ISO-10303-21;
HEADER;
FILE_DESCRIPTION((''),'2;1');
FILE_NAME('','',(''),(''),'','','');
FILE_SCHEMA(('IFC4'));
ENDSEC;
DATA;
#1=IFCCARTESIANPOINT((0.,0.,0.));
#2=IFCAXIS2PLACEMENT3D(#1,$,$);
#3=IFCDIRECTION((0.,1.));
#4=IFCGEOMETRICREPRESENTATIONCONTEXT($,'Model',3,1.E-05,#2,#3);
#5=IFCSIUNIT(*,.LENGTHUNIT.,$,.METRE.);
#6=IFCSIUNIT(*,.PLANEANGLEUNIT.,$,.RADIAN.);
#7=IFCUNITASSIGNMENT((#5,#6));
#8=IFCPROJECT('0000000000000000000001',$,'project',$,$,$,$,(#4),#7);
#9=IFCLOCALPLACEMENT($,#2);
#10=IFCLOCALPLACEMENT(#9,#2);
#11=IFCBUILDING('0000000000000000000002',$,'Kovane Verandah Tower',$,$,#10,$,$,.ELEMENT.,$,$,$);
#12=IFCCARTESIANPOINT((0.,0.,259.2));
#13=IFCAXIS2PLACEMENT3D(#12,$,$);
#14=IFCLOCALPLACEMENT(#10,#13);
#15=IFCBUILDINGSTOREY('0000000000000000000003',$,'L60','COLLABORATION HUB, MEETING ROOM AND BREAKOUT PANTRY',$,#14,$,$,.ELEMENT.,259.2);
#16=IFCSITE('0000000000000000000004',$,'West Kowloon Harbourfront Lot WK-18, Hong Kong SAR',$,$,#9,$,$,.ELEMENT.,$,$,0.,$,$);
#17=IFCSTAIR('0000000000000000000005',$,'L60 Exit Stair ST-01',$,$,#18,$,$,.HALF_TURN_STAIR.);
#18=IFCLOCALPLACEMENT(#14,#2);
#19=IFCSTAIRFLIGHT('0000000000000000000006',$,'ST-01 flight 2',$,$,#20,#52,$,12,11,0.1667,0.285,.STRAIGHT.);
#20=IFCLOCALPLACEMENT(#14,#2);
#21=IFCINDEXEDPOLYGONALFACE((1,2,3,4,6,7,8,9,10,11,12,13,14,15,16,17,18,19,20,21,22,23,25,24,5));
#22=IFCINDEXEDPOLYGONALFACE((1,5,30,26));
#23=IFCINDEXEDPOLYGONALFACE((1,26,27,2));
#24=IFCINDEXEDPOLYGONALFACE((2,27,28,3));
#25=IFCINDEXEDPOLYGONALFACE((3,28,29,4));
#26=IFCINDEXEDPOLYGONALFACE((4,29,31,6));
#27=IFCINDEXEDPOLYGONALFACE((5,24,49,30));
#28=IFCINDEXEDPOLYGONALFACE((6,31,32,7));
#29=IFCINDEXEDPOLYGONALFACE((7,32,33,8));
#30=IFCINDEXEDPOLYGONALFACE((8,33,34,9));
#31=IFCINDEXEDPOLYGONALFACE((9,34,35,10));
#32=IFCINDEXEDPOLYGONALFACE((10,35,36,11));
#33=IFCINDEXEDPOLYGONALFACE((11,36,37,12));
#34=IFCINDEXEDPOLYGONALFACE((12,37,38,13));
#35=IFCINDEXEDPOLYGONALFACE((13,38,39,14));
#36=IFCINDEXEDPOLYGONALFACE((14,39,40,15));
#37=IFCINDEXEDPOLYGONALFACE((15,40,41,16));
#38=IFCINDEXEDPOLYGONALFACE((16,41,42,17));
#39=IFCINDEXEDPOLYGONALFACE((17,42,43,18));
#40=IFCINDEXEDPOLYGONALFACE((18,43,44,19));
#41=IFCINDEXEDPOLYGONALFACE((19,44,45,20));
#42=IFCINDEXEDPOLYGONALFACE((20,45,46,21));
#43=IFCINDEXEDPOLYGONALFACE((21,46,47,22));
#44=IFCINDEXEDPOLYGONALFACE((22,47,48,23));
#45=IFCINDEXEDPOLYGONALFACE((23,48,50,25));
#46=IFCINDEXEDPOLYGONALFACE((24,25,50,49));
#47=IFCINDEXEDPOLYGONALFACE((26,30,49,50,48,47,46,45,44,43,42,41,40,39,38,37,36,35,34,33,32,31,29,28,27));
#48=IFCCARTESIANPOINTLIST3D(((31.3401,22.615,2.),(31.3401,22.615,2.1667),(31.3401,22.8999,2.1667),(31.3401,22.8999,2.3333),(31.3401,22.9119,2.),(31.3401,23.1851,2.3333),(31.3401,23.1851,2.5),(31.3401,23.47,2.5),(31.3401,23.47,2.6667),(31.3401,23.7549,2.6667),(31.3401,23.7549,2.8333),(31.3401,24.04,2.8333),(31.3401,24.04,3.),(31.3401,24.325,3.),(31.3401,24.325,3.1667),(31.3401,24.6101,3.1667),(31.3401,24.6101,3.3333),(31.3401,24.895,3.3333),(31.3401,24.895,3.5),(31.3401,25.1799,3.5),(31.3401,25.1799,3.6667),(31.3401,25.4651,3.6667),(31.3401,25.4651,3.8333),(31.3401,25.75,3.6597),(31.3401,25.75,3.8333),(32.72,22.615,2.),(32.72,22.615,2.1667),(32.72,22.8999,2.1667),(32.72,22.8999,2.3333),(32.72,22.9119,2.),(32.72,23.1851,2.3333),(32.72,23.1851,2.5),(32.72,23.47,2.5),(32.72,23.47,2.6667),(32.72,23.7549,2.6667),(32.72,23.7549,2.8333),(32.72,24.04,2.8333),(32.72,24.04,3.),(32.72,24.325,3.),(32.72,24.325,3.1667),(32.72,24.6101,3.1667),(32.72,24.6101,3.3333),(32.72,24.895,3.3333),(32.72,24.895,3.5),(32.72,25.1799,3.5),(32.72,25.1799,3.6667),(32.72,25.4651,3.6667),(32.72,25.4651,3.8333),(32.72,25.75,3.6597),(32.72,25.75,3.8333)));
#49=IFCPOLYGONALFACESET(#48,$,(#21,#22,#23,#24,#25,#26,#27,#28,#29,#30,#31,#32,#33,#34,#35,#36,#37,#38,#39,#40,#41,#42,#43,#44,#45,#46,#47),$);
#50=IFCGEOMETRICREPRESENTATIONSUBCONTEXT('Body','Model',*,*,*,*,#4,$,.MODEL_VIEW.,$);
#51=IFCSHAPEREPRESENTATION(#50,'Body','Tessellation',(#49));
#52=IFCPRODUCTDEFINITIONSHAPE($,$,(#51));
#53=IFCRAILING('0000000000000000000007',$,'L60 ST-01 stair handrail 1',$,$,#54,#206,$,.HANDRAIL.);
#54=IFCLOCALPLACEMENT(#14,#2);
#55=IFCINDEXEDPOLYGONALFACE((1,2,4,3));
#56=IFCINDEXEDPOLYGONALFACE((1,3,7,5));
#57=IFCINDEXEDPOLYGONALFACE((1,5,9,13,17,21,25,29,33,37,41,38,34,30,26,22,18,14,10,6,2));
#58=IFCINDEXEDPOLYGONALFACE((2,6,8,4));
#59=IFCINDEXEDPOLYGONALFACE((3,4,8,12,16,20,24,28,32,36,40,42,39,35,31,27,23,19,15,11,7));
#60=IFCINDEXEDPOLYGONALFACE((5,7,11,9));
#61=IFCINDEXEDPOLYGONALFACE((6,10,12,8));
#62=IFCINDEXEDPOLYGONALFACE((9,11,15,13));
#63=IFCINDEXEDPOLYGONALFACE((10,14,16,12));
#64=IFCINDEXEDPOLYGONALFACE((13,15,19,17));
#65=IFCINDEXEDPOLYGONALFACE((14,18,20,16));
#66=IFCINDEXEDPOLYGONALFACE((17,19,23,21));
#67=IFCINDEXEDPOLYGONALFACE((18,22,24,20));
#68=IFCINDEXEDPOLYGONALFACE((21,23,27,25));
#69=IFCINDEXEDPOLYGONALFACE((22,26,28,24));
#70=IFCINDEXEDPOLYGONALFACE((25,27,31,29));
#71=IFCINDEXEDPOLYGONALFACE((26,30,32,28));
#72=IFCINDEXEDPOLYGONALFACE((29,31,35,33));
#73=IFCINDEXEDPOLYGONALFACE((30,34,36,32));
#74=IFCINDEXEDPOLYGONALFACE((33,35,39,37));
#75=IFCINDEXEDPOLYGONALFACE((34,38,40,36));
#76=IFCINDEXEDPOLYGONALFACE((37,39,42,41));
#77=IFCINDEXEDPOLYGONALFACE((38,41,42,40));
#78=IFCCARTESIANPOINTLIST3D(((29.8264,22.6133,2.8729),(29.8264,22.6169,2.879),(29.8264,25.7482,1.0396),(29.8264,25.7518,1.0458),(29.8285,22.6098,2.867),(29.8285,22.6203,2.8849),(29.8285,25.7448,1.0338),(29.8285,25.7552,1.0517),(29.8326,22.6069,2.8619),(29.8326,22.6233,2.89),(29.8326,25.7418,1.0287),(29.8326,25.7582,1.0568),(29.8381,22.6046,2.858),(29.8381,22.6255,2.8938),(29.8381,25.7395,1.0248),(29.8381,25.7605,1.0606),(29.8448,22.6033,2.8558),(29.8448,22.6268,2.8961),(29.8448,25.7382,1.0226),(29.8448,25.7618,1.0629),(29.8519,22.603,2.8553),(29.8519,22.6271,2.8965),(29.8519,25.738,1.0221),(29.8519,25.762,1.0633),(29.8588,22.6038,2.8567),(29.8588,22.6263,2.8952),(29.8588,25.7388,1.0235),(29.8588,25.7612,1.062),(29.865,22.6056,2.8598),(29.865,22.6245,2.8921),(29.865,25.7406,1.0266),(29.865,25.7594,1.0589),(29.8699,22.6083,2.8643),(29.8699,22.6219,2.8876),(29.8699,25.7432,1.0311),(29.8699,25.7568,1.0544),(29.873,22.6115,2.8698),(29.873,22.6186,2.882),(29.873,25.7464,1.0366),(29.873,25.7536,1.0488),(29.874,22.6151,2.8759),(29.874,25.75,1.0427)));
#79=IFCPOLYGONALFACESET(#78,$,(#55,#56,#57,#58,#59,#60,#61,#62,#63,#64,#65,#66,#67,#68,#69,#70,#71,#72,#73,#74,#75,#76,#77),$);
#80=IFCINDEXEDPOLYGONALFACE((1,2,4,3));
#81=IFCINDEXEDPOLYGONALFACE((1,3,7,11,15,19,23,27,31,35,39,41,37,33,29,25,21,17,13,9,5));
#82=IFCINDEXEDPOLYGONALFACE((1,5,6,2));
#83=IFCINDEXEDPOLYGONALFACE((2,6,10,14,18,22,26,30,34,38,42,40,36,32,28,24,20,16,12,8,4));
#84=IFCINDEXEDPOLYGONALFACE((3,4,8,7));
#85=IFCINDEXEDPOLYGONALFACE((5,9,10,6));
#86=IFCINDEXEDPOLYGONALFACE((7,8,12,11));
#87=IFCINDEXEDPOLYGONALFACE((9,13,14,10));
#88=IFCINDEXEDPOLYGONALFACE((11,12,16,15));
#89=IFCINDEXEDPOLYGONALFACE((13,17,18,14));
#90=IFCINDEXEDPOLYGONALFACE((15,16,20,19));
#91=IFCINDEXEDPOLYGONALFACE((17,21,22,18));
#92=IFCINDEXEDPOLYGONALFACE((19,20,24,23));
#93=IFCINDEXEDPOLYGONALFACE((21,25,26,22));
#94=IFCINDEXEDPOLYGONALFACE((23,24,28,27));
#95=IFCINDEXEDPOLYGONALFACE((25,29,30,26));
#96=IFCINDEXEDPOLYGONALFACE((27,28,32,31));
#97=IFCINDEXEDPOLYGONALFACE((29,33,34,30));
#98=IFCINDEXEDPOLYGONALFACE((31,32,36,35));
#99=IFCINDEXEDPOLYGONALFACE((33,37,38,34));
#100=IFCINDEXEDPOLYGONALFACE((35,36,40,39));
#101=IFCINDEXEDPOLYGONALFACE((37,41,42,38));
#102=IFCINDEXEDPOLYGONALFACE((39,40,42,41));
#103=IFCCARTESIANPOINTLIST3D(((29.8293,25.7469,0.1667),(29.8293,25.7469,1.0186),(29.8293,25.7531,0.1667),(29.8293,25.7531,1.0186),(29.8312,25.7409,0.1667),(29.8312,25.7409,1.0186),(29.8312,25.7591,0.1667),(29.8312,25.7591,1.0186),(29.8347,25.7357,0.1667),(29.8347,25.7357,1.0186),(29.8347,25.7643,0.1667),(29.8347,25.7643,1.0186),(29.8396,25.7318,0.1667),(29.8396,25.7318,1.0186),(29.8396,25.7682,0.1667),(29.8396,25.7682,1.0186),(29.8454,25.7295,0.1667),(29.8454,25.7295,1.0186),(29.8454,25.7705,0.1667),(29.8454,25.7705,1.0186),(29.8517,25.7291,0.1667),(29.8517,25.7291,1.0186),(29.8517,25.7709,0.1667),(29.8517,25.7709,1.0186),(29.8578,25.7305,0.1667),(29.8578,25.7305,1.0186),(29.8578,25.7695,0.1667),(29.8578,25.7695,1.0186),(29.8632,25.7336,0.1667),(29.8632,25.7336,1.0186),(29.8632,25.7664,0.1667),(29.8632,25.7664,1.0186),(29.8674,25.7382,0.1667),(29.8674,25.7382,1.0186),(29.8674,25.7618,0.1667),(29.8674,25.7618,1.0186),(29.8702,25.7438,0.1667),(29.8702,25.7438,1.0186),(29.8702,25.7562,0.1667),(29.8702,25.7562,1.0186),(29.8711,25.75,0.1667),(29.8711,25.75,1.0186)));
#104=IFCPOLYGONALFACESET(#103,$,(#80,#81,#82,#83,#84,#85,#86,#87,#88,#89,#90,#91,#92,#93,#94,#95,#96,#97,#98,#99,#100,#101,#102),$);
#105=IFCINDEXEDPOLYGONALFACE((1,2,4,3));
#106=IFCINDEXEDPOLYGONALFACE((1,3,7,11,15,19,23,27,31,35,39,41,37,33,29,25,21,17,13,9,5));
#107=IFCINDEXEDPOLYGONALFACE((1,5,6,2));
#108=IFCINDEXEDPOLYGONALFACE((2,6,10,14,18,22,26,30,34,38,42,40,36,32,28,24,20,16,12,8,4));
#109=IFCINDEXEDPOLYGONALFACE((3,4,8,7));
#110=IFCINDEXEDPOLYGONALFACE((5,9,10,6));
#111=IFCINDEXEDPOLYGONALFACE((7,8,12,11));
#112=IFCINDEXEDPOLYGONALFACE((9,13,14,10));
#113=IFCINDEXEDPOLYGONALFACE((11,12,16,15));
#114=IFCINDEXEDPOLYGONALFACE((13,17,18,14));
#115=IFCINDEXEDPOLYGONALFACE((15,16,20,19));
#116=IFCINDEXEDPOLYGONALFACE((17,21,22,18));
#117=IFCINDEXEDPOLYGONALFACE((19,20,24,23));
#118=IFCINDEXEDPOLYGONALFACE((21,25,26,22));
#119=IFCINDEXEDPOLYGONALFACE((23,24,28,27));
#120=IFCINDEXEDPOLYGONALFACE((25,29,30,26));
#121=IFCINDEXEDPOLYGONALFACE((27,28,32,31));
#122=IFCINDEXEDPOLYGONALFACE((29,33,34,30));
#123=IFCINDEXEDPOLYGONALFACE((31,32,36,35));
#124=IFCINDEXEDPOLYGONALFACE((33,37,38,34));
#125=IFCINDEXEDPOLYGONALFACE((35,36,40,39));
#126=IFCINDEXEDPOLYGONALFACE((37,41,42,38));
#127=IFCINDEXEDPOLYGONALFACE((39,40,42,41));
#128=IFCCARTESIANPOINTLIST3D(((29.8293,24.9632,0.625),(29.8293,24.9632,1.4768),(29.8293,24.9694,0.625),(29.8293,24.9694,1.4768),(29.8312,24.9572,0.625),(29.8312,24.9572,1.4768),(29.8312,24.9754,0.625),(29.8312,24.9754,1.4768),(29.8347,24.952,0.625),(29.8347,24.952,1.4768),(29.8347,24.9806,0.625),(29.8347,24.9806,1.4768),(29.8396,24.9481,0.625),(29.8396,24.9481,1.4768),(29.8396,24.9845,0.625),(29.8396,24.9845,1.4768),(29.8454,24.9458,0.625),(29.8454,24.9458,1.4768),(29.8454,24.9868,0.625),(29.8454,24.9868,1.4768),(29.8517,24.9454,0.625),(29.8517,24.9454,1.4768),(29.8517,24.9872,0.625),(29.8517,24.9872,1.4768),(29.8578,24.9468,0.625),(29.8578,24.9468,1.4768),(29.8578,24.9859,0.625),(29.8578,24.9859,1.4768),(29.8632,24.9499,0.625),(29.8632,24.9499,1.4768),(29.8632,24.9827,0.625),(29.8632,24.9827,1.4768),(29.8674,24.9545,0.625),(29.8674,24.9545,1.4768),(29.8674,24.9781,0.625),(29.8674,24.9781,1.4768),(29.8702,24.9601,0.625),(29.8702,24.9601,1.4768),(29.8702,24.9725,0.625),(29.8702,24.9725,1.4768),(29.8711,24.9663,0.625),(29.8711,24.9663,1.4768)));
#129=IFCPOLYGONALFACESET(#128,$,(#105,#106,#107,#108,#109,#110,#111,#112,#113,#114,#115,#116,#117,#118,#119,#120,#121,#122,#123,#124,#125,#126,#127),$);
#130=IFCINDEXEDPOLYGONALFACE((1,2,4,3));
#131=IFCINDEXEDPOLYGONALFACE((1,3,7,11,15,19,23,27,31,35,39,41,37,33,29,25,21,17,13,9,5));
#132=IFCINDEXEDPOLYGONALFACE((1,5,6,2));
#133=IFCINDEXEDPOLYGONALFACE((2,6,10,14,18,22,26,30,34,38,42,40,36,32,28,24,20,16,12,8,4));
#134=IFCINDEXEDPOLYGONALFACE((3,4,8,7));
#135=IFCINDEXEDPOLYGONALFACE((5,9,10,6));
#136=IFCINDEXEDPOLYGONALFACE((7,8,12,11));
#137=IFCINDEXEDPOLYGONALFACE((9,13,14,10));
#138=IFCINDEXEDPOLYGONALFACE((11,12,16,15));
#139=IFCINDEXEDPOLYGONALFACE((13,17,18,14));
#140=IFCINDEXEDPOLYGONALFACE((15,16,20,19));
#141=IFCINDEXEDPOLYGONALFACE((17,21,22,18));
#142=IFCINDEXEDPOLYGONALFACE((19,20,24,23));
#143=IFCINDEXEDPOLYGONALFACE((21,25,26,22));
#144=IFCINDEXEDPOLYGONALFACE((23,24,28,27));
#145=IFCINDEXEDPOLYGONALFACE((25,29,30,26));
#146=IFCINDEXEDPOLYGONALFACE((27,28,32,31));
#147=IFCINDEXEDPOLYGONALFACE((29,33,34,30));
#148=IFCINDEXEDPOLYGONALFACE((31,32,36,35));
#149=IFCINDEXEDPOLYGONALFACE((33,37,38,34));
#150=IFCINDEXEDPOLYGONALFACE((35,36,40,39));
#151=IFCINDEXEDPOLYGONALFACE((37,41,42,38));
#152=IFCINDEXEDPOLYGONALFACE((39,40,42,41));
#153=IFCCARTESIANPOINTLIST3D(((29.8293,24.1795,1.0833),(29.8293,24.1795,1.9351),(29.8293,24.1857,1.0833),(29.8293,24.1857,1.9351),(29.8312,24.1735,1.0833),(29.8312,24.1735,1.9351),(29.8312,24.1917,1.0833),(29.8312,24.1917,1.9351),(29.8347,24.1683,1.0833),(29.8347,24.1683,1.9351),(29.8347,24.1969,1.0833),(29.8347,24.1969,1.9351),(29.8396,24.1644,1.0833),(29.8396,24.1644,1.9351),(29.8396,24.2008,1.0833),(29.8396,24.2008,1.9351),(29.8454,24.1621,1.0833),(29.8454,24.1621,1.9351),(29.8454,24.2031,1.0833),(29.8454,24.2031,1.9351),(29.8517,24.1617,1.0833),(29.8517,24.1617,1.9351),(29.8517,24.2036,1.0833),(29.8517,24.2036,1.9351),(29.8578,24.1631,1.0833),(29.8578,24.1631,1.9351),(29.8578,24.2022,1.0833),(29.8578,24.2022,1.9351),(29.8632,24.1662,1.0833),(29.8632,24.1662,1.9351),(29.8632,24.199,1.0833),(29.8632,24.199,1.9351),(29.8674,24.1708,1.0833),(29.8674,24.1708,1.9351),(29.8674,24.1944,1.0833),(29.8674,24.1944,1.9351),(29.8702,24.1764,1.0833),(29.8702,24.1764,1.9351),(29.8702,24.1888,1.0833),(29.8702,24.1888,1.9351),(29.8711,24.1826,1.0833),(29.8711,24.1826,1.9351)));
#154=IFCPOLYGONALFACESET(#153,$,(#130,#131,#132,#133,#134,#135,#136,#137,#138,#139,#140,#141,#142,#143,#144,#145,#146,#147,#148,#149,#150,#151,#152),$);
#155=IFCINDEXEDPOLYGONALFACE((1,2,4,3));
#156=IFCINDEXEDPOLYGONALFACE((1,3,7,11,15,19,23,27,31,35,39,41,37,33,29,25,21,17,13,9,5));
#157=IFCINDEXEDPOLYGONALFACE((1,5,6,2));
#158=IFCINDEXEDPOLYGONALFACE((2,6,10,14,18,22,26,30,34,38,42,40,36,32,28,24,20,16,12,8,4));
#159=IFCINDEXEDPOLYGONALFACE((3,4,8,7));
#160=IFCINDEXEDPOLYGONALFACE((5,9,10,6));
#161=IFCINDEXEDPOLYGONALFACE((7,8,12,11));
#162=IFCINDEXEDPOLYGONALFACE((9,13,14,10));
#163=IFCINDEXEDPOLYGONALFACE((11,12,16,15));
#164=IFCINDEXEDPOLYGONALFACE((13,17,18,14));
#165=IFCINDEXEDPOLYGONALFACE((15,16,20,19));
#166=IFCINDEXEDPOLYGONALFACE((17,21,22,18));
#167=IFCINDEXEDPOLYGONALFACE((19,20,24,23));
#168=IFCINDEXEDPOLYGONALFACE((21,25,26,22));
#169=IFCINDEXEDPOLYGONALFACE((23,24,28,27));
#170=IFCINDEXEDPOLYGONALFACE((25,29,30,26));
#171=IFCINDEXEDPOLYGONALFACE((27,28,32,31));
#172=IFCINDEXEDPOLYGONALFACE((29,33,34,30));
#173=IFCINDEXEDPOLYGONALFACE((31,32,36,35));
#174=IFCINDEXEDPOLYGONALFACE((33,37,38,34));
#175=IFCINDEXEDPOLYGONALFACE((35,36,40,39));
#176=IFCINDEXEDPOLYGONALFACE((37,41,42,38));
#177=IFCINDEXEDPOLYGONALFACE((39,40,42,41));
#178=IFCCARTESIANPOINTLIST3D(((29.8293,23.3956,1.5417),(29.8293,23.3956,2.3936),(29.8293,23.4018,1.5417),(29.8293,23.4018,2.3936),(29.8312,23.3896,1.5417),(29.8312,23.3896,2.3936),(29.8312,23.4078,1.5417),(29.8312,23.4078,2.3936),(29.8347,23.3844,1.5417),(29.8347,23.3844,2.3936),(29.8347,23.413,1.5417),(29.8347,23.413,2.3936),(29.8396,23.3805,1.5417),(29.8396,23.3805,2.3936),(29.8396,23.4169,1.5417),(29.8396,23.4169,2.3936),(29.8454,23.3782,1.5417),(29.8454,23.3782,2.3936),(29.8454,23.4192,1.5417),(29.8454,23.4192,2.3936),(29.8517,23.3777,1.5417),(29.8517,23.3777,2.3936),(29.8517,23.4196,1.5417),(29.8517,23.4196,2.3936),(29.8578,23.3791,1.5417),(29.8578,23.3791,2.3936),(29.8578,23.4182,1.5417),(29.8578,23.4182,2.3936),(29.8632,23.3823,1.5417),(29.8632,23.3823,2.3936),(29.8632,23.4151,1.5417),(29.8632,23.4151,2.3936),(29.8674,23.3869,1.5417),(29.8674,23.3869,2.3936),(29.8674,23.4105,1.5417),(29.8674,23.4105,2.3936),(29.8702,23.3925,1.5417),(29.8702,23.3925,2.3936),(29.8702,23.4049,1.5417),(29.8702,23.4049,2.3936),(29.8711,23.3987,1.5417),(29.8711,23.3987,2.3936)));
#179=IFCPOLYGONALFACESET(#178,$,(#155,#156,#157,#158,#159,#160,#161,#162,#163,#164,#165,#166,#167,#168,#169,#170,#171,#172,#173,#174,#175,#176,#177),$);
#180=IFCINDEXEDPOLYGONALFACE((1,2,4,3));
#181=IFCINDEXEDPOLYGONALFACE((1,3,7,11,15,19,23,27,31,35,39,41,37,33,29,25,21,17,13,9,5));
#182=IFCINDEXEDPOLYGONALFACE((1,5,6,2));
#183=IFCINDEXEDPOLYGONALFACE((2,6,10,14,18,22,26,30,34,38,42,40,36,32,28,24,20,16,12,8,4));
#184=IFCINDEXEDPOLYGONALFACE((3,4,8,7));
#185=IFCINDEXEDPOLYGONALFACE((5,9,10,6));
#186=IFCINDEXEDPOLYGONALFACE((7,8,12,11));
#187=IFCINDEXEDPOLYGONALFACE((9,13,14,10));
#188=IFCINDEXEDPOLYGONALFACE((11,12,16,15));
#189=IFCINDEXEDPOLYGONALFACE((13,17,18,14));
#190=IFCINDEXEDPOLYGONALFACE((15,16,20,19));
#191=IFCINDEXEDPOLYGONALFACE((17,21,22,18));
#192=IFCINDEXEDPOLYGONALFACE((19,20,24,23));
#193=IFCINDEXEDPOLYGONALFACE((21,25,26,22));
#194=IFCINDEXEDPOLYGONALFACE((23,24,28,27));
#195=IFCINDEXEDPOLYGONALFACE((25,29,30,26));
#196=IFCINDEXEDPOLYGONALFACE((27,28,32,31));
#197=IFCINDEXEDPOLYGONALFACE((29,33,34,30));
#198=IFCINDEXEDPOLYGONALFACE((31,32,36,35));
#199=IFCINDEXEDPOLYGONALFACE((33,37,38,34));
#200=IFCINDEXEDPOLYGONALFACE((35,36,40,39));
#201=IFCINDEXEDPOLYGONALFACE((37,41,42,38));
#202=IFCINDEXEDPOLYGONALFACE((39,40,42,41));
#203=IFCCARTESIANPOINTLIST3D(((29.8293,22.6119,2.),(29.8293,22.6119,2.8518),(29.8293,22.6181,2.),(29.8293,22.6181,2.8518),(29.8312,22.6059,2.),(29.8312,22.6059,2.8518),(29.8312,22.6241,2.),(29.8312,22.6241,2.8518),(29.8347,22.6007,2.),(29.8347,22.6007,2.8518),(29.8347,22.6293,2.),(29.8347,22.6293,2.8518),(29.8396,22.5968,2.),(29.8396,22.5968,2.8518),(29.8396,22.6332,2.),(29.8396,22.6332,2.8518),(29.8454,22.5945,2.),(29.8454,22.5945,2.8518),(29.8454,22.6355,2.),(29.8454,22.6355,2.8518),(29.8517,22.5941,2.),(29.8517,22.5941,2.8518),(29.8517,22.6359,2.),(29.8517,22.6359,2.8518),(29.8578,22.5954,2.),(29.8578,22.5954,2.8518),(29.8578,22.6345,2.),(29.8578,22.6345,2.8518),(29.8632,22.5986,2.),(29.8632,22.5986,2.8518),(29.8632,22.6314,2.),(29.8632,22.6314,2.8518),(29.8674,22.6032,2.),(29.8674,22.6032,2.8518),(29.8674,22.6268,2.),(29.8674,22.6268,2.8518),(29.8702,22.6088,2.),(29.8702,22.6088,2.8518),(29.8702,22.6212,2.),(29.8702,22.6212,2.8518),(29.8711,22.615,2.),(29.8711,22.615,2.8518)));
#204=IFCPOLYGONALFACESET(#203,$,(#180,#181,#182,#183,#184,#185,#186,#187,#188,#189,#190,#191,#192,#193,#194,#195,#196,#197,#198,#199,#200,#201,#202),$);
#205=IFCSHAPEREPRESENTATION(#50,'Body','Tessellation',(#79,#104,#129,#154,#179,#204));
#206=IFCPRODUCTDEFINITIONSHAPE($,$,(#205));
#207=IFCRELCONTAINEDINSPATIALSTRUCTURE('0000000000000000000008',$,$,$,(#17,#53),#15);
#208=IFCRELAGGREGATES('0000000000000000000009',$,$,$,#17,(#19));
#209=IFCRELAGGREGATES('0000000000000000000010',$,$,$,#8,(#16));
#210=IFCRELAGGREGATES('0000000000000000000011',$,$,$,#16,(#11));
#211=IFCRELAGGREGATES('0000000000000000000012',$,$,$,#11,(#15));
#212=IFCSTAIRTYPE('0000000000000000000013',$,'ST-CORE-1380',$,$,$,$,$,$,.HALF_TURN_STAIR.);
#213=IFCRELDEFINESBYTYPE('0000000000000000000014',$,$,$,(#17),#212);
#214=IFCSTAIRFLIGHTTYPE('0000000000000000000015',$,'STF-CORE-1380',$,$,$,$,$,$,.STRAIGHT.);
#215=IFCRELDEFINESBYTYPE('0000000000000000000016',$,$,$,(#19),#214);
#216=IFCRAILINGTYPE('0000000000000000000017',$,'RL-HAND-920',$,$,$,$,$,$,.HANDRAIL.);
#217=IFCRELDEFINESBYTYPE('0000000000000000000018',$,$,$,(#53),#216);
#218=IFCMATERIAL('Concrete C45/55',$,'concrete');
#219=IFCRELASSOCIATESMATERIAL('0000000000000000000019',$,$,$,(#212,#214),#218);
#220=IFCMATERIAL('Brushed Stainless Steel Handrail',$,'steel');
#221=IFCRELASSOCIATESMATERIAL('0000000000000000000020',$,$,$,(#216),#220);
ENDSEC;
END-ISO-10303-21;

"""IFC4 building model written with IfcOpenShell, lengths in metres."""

from ifc_helpers import new_model, si_unit, direction, frame, origin, origin_2d, place, context, subcontext, project, spatial, polyline, circle, outline, extrude, material, type_object, element, aggregate, save


model = new_model("IFC4")

# Units and contexts
model_context = context("Model", 3, precision=1e-05, world=origin(), true_north=direction((0.0, 1.0)))
body_context = subcontext(model_context, "Body", "Model", "MODEL_VIEW")
ifc_project = project(units=[si_unit("LENGTHUNIT", "METRE"), si_unit("PLANEANGLEUNIT", "RADIAN")], contexts=[model_context])

# Site, building, storey
site_placement = place(None, origin())
site = spatial("IfcSite", under=ifc_project, at=site_placement, Name="West Kowloon Harbourfront Lot WK-18, Hong Kong SAR", CompositionType="ELEMENT", RefElevation=0.0)
building_placement = place(site_placement, origin())
building = spatial("IfcBuilding", under=site, at=building_placement, Name="Kovane Verandah Tower", CompositionType="ELEMENT")
storey_placement = place(building_placement, frame((0.0, 0.0, 259.2)))
storey = spatial("IfcBuildingStorey", under=building, at=storey_placement, Name="L60", Description="COLLABORATION HUB, MEETING ROOM AND BREAKOUT PANTRY", CompositionType="ELEMENT", Elevation=259.2)

# Shared definitions
ifc_material_1 = material(Name="Concrete C45/55", Category="concrete")

# Stair, stair flight
stair_type = type_object("IfcStairType", Name="ST-CORE-1380", PredefinedType="HALF_TURN_STAIR", material=ifc_material_1)
stair_placement = place(storey_placement, origin())
stair = element("IfcStair", 1, at=stair_placement, inside=storey, type_object=stair_type, Name="L60 Exit Stair ST-01", PredefinedType="HALF_TURN_STAIR")
stair_flight_type = type_object("IfcStairFlightType", Name="STF-CORE-1380", PredefinedType="STRAIGHT", material=ifc_material_1)
stair_flight_1_placement = place(storey_placement, frame((32.03, 22.615, 2.0), z_axis=(0.0, 0.0, 1.0), x_axis=(0.0, 1.0, 0.0)))
stair_flight_1 = element("IfcStairFlight", 2, at=stair_flight_1_placement, type_object=stair_flight_type, Name="ST-01 flight 2", NumberOfRisers=12, NumberOfTreads=11, PredefinedType="STRAIGHT", RiserHeight=0.1667, TreadLength=0.285, context=body_context, shape_type="SweptSolid", body=[
    extrude(outline(polyline([(0.0, 0.0), (0.0, 0.1667), (0.2849, 0.1667), (0.2849, 0.3333), (0.5701, 0.3333), (0.5701, 0.5), (0.855, 0.5), (0.855, 0.6667), (1.1399, 0.6667), (1.1399, 0.8333), (1.425, 0.8333), (1.425, 1.0), (1.71, 1.0), (1.71, 1.1667), (1.9951, 1.1667), (1.9951, 1.3333), (2.28, 1.3333), (2.28, 1.5), (2.5649, 1.5), (2.5649, 1.6667), (2.8501, 1.6667), (2.8501, 1.8333), (3.135, 1.8333), (3.135, 2.0), (3.135, 1.6597), (0.2969, 0.0), (0.0, 0.0)])), frame((0.0, 0.6899, 0.0), z_axis=(0.0, -1.0, 0.0), x_axis=(1.0, 0.0, 0.0)), (0.0, 0.0, 1.0), 1.3799),
])
aggregate(stair, [stair_flight_1])

# Railing
ifc_material_2 = material(Name="Brushed Stainless Steel Handrail", Category="steel")
railing_type_1 = type_object("IfcRailingType", Name="RL-HAND-920", PredefinedType="HANDRAIL", material=ifc_material_2)
railing_1_placement = place(storey_placement, frame((29.8501, 25.75, 0.1667)))
element("IfcRailing", 3, at=railing_1_placement, inside=storey, type_object=railing_type_1, Name="L60 ST-01 stair handrail 1", PredefinedType="HANDRAIL", context=body_context, shape_type="SweptSolid", body=[
    extrude(circle(Radius=0.0239, at=origin_2d()), frame((0.0, 0.0, 0.876), z_axis=(0.0, -0.86324, 0.504794), x_axis=(1.0, 0.0, 0.0)), (0.0, 0.0, 1.0), 3.6316),
    extrude(circle(Radius=0.021, at=origin_2d()), origin(), (0.0, 0.0, 1.0), 0.8518),
    extrude(circle(Radius=0.021, at=origin_2d()), frame((0.0, -0.7837, 0.4583)), (0.0, 0.0, 1.0), 0.8518),
    extrude(circle(Radius=0.021, at=origin_2d()), frame((0.0, -1.5674, 0.9165)), (0.0, 0.0, 1.0), 0.8518),
    extrude(circle(Radius=0.021, at=origin_2d()), frame((0.0, -2.3513, 1.375)), (0.0, 0.0, 1.0), 0.8518),
    extrude(circle(Radius=0.021, at=origin_2d()), frame((0.0, -3.135, 1.8333)), (0.0, 0.0, 1.0), 0.8518),
])

save(model, "model.ifc")
